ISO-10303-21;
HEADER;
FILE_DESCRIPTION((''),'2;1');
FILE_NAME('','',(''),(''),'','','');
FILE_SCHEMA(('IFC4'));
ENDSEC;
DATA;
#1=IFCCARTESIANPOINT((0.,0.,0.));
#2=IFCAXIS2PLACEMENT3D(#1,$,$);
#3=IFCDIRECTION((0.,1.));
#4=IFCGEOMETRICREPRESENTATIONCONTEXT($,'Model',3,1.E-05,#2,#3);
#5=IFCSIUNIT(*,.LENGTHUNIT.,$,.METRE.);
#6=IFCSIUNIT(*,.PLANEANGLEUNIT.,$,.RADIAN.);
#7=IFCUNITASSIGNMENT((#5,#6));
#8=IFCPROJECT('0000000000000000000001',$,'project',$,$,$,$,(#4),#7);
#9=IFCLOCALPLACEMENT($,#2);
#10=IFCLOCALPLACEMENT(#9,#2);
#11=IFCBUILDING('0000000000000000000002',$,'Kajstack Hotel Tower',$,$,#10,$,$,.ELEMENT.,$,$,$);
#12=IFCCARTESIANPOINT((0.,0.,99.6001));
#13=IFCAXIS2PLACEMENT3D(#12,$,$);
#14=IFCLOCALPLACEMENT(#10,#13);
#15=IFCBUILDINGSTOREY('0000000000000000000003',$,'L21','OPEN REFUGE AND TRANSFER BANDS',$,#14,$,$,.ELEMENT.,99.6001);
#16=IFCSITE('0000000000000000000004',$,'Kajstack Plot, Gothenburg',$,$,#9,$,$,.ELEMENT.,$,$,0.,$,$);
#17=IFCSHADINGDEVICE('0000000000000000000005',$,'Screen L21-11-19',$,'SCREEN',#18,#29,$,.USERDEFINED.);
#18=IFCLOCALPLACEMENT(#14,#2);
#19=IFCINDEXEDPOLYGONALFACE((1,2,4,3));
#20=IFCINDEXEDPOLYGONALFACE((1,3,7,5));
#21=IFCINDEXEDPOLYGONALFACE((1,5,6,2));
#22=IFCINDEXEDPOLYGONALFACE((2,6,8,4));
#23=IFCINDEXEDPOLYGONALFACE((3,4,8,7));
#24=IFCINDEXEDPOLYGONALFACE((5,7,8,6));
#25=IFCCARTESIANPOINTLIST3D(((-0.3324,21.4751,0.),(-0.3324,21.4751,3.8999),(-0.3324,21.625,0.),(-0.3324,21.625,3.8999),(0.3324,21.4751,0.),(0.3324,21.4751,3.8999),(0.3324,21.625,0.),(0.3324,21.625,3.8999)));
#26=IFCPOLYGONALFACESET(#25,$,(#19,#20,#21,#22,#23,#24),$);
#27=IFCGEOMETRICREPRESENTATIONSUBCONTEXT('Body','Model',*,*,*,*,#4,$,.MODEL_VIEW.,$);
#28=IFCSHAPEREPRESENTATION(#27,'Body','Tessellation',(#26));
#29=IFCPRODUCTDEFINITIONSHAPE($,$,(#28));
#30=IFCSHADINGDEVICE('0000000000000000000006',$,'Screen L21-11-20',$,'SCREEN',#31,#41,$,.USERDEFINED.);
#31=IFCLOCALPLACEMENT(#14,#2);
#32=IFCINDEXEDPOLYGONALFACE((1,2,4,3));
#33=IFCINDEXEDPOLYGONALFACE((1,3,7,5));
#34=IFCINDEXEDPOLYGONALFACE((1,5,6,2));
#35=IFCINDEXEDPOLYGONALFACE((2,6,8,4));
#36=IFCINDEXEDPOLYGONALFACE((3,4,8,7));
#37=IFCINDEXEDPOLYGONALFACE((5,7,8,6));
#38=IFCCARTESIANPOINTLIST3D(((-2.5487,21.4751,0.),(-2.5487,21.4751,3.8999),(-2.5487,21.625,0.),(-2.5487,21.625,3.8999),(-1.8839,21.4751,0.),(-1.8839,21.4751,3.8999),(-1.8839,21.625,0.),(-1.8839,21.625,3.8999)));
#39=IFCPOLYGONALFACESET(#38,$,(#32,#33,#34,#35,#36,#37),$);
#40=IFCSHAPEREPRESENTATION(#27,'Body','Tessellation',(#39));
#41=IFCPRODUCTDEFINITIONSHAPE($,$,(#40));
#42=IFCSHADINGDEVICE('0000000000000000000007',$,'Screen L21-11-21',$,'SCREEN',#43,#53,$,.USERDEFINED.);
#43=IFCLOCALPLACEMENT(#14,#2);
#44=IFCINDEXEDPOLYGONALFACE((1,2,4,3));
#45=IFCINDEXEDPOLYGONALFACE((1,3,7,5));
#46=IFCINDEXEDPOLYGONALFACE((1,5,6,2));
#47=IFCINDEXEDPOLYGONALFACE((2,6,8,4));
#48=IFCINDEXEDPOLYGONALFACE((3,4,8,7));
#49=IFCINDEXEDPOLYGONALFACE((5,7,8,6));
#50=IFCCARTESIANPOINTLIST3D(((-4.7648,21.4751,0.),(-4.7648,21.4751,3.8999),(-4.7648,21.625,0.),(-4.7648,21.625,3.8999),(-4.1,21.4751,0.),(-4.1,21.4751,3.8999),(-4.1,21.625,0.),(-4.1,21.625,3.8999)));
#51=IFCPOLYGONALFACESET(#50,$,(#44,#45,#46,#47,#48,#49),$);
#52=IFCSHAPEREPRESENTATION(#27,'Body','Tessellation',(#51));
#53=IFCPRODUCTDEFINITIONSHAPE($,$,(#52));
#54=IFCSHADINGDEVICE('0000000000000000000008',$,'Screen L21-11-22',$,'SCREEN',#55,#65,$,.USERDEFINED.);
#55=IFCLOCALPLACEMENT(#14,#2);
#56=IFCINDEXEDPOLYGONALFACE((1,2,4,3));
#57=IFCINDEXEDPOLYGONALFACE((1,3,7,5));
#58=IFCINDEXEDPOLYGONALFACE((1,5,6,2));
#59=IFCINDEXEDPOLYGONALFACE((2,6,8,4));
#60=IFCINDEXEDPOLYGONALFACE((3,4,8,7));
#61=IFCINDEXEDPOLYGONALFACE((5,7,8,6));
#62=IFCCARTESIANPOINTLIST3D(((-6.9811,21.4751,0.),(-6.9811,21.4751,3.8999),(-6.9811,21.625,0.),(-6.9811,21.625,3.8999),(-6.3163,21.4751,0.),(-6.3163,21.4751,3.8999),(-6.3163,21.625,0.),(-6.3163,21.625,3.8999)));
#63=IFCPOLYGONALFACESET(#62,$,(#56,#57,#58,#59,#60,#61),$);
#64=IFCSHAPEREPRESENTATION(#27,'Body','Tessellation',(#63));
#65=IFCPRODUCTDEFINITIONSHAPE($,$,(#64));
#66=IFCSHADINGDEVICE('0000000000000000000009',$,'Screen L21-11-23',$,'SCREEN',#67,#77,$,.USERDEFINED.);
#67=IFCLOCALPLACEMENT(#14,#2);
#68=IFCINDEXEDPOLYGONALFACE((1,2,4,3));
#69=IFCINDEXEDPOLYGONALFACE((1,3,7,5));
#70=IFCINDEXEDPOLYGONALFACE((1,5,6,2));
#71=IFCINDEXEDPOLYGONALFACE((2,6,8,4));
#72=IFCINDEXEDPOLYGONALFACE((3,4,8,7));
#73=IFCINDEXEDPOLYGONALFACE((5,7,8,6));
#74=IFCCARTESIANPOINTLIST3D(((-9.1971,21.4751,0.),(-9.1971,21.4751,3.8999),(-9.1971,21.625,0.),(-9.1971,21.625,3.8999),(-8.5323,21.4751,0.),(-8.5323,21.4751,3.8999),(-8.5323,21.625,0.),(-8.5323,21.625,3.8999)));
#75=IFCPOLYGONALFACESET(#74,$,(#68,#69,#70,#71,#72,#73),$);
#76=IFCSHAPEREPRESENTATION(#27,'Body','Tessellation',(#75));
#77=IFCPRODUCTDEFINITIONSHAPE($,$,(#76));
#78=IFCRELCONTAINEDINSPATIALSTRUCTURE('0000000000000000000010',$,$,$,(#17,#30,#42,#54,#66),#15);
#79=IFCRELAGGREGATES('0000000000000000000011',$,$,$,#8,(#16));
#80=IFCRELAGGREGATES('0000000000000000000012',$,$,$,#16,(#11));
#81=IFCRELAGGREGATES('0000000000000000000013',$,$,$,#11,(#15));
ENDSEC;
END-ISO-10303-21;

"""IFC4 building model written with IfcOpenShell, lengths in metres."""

from ifc_helpers import new_model, si_unit, direction, frame, origin, origin_2d, place, context, subcontext, project, spatial, rectangle, extrude, element, save


model = new_model("IFC4")

# Units and contexts
model_context = context("Model", 3, precision=1e-05, world=origin(), true_north=direction((0.0, 1.0)))
body_context = subcontext(model_context, "Body", "Model", "MODEL_VIEW")
ifc_project = project(units=[si_unit("LENGTHUNIT", "METRE"), si_unit("PLANEANGLEUNIT", "RADIAN")], contexts=[model_context])

# Site, building, storey
site_placement = place(None, origin())
site = spatial("IfcSite", under=ifc_project, at=site_placement, Name="Kajstack Plot, Gothenburg", CompositionType="ELEMENT", RefElevation=0.0)
building_placement = place(site_placement, origin())
building = spatial("IfcBuilding", under=site, at=building_placement, Name="Kajstack Hotel Tower", CompositionType="ELEMENT")
storey_placement = place(building_placement, frame((0.0, 0.0, 99.6001)))
storey = spatial("IfcBuildingStorey", under=building, at=storey_placement, Name="L21", Description="OPEN REFUGE AND TRANSFER BANDS", CompositionType="ELEMENT", Elevation=99.6001)

# Shading devices
for number, where, z_axis, x_axis, name in (
    (1, (0.0, 21.55, 0.0), (0.0, 0.0, 1.0), (-1.0, 0.0, 0.0), "Screen L21-11-19"),
    (2, (-2.2163, 21.55, 0.0), (0.0, 0.0, 1.0), (-1.0, 0.0, 0.0), "Screen L21-11-20"),
    (3, (-4.4324, 21.55, 0.0), (0.0, 0.0, 1.0), (-1.0, 0.0, 0.0), "Screen L21-11-21"),
    (4, (-6.6487, 21.55, 0.0), (0.0, 0.0, 1.0), (-1.0, 0.0, 0.0), "Screen L21-11-22"),
    (5, (-8.8647, 21.55, 0.0), (0.0, 0.0, 1.0), (-1.0, 0.0, 0.0), "Screen L21-11-23"),
):
    element("IfcShadingDevice", number, at=place(storey_placement, frame(where, z_axis=z_axis, x_axis=x_axis)), inside=storey, Name=name, ObjectType="SCREEN", PredefinedType="USERDEFINED", context=body_context, shape_type="SweptSolid", body=[
        extrude(rectangle(XDim=0.6648, YDim=0.1499, at=origin_2d()), origin(), (0.0, 0.0, 1.0), 3.8999),
    ])

save(model, "model.ifc")
